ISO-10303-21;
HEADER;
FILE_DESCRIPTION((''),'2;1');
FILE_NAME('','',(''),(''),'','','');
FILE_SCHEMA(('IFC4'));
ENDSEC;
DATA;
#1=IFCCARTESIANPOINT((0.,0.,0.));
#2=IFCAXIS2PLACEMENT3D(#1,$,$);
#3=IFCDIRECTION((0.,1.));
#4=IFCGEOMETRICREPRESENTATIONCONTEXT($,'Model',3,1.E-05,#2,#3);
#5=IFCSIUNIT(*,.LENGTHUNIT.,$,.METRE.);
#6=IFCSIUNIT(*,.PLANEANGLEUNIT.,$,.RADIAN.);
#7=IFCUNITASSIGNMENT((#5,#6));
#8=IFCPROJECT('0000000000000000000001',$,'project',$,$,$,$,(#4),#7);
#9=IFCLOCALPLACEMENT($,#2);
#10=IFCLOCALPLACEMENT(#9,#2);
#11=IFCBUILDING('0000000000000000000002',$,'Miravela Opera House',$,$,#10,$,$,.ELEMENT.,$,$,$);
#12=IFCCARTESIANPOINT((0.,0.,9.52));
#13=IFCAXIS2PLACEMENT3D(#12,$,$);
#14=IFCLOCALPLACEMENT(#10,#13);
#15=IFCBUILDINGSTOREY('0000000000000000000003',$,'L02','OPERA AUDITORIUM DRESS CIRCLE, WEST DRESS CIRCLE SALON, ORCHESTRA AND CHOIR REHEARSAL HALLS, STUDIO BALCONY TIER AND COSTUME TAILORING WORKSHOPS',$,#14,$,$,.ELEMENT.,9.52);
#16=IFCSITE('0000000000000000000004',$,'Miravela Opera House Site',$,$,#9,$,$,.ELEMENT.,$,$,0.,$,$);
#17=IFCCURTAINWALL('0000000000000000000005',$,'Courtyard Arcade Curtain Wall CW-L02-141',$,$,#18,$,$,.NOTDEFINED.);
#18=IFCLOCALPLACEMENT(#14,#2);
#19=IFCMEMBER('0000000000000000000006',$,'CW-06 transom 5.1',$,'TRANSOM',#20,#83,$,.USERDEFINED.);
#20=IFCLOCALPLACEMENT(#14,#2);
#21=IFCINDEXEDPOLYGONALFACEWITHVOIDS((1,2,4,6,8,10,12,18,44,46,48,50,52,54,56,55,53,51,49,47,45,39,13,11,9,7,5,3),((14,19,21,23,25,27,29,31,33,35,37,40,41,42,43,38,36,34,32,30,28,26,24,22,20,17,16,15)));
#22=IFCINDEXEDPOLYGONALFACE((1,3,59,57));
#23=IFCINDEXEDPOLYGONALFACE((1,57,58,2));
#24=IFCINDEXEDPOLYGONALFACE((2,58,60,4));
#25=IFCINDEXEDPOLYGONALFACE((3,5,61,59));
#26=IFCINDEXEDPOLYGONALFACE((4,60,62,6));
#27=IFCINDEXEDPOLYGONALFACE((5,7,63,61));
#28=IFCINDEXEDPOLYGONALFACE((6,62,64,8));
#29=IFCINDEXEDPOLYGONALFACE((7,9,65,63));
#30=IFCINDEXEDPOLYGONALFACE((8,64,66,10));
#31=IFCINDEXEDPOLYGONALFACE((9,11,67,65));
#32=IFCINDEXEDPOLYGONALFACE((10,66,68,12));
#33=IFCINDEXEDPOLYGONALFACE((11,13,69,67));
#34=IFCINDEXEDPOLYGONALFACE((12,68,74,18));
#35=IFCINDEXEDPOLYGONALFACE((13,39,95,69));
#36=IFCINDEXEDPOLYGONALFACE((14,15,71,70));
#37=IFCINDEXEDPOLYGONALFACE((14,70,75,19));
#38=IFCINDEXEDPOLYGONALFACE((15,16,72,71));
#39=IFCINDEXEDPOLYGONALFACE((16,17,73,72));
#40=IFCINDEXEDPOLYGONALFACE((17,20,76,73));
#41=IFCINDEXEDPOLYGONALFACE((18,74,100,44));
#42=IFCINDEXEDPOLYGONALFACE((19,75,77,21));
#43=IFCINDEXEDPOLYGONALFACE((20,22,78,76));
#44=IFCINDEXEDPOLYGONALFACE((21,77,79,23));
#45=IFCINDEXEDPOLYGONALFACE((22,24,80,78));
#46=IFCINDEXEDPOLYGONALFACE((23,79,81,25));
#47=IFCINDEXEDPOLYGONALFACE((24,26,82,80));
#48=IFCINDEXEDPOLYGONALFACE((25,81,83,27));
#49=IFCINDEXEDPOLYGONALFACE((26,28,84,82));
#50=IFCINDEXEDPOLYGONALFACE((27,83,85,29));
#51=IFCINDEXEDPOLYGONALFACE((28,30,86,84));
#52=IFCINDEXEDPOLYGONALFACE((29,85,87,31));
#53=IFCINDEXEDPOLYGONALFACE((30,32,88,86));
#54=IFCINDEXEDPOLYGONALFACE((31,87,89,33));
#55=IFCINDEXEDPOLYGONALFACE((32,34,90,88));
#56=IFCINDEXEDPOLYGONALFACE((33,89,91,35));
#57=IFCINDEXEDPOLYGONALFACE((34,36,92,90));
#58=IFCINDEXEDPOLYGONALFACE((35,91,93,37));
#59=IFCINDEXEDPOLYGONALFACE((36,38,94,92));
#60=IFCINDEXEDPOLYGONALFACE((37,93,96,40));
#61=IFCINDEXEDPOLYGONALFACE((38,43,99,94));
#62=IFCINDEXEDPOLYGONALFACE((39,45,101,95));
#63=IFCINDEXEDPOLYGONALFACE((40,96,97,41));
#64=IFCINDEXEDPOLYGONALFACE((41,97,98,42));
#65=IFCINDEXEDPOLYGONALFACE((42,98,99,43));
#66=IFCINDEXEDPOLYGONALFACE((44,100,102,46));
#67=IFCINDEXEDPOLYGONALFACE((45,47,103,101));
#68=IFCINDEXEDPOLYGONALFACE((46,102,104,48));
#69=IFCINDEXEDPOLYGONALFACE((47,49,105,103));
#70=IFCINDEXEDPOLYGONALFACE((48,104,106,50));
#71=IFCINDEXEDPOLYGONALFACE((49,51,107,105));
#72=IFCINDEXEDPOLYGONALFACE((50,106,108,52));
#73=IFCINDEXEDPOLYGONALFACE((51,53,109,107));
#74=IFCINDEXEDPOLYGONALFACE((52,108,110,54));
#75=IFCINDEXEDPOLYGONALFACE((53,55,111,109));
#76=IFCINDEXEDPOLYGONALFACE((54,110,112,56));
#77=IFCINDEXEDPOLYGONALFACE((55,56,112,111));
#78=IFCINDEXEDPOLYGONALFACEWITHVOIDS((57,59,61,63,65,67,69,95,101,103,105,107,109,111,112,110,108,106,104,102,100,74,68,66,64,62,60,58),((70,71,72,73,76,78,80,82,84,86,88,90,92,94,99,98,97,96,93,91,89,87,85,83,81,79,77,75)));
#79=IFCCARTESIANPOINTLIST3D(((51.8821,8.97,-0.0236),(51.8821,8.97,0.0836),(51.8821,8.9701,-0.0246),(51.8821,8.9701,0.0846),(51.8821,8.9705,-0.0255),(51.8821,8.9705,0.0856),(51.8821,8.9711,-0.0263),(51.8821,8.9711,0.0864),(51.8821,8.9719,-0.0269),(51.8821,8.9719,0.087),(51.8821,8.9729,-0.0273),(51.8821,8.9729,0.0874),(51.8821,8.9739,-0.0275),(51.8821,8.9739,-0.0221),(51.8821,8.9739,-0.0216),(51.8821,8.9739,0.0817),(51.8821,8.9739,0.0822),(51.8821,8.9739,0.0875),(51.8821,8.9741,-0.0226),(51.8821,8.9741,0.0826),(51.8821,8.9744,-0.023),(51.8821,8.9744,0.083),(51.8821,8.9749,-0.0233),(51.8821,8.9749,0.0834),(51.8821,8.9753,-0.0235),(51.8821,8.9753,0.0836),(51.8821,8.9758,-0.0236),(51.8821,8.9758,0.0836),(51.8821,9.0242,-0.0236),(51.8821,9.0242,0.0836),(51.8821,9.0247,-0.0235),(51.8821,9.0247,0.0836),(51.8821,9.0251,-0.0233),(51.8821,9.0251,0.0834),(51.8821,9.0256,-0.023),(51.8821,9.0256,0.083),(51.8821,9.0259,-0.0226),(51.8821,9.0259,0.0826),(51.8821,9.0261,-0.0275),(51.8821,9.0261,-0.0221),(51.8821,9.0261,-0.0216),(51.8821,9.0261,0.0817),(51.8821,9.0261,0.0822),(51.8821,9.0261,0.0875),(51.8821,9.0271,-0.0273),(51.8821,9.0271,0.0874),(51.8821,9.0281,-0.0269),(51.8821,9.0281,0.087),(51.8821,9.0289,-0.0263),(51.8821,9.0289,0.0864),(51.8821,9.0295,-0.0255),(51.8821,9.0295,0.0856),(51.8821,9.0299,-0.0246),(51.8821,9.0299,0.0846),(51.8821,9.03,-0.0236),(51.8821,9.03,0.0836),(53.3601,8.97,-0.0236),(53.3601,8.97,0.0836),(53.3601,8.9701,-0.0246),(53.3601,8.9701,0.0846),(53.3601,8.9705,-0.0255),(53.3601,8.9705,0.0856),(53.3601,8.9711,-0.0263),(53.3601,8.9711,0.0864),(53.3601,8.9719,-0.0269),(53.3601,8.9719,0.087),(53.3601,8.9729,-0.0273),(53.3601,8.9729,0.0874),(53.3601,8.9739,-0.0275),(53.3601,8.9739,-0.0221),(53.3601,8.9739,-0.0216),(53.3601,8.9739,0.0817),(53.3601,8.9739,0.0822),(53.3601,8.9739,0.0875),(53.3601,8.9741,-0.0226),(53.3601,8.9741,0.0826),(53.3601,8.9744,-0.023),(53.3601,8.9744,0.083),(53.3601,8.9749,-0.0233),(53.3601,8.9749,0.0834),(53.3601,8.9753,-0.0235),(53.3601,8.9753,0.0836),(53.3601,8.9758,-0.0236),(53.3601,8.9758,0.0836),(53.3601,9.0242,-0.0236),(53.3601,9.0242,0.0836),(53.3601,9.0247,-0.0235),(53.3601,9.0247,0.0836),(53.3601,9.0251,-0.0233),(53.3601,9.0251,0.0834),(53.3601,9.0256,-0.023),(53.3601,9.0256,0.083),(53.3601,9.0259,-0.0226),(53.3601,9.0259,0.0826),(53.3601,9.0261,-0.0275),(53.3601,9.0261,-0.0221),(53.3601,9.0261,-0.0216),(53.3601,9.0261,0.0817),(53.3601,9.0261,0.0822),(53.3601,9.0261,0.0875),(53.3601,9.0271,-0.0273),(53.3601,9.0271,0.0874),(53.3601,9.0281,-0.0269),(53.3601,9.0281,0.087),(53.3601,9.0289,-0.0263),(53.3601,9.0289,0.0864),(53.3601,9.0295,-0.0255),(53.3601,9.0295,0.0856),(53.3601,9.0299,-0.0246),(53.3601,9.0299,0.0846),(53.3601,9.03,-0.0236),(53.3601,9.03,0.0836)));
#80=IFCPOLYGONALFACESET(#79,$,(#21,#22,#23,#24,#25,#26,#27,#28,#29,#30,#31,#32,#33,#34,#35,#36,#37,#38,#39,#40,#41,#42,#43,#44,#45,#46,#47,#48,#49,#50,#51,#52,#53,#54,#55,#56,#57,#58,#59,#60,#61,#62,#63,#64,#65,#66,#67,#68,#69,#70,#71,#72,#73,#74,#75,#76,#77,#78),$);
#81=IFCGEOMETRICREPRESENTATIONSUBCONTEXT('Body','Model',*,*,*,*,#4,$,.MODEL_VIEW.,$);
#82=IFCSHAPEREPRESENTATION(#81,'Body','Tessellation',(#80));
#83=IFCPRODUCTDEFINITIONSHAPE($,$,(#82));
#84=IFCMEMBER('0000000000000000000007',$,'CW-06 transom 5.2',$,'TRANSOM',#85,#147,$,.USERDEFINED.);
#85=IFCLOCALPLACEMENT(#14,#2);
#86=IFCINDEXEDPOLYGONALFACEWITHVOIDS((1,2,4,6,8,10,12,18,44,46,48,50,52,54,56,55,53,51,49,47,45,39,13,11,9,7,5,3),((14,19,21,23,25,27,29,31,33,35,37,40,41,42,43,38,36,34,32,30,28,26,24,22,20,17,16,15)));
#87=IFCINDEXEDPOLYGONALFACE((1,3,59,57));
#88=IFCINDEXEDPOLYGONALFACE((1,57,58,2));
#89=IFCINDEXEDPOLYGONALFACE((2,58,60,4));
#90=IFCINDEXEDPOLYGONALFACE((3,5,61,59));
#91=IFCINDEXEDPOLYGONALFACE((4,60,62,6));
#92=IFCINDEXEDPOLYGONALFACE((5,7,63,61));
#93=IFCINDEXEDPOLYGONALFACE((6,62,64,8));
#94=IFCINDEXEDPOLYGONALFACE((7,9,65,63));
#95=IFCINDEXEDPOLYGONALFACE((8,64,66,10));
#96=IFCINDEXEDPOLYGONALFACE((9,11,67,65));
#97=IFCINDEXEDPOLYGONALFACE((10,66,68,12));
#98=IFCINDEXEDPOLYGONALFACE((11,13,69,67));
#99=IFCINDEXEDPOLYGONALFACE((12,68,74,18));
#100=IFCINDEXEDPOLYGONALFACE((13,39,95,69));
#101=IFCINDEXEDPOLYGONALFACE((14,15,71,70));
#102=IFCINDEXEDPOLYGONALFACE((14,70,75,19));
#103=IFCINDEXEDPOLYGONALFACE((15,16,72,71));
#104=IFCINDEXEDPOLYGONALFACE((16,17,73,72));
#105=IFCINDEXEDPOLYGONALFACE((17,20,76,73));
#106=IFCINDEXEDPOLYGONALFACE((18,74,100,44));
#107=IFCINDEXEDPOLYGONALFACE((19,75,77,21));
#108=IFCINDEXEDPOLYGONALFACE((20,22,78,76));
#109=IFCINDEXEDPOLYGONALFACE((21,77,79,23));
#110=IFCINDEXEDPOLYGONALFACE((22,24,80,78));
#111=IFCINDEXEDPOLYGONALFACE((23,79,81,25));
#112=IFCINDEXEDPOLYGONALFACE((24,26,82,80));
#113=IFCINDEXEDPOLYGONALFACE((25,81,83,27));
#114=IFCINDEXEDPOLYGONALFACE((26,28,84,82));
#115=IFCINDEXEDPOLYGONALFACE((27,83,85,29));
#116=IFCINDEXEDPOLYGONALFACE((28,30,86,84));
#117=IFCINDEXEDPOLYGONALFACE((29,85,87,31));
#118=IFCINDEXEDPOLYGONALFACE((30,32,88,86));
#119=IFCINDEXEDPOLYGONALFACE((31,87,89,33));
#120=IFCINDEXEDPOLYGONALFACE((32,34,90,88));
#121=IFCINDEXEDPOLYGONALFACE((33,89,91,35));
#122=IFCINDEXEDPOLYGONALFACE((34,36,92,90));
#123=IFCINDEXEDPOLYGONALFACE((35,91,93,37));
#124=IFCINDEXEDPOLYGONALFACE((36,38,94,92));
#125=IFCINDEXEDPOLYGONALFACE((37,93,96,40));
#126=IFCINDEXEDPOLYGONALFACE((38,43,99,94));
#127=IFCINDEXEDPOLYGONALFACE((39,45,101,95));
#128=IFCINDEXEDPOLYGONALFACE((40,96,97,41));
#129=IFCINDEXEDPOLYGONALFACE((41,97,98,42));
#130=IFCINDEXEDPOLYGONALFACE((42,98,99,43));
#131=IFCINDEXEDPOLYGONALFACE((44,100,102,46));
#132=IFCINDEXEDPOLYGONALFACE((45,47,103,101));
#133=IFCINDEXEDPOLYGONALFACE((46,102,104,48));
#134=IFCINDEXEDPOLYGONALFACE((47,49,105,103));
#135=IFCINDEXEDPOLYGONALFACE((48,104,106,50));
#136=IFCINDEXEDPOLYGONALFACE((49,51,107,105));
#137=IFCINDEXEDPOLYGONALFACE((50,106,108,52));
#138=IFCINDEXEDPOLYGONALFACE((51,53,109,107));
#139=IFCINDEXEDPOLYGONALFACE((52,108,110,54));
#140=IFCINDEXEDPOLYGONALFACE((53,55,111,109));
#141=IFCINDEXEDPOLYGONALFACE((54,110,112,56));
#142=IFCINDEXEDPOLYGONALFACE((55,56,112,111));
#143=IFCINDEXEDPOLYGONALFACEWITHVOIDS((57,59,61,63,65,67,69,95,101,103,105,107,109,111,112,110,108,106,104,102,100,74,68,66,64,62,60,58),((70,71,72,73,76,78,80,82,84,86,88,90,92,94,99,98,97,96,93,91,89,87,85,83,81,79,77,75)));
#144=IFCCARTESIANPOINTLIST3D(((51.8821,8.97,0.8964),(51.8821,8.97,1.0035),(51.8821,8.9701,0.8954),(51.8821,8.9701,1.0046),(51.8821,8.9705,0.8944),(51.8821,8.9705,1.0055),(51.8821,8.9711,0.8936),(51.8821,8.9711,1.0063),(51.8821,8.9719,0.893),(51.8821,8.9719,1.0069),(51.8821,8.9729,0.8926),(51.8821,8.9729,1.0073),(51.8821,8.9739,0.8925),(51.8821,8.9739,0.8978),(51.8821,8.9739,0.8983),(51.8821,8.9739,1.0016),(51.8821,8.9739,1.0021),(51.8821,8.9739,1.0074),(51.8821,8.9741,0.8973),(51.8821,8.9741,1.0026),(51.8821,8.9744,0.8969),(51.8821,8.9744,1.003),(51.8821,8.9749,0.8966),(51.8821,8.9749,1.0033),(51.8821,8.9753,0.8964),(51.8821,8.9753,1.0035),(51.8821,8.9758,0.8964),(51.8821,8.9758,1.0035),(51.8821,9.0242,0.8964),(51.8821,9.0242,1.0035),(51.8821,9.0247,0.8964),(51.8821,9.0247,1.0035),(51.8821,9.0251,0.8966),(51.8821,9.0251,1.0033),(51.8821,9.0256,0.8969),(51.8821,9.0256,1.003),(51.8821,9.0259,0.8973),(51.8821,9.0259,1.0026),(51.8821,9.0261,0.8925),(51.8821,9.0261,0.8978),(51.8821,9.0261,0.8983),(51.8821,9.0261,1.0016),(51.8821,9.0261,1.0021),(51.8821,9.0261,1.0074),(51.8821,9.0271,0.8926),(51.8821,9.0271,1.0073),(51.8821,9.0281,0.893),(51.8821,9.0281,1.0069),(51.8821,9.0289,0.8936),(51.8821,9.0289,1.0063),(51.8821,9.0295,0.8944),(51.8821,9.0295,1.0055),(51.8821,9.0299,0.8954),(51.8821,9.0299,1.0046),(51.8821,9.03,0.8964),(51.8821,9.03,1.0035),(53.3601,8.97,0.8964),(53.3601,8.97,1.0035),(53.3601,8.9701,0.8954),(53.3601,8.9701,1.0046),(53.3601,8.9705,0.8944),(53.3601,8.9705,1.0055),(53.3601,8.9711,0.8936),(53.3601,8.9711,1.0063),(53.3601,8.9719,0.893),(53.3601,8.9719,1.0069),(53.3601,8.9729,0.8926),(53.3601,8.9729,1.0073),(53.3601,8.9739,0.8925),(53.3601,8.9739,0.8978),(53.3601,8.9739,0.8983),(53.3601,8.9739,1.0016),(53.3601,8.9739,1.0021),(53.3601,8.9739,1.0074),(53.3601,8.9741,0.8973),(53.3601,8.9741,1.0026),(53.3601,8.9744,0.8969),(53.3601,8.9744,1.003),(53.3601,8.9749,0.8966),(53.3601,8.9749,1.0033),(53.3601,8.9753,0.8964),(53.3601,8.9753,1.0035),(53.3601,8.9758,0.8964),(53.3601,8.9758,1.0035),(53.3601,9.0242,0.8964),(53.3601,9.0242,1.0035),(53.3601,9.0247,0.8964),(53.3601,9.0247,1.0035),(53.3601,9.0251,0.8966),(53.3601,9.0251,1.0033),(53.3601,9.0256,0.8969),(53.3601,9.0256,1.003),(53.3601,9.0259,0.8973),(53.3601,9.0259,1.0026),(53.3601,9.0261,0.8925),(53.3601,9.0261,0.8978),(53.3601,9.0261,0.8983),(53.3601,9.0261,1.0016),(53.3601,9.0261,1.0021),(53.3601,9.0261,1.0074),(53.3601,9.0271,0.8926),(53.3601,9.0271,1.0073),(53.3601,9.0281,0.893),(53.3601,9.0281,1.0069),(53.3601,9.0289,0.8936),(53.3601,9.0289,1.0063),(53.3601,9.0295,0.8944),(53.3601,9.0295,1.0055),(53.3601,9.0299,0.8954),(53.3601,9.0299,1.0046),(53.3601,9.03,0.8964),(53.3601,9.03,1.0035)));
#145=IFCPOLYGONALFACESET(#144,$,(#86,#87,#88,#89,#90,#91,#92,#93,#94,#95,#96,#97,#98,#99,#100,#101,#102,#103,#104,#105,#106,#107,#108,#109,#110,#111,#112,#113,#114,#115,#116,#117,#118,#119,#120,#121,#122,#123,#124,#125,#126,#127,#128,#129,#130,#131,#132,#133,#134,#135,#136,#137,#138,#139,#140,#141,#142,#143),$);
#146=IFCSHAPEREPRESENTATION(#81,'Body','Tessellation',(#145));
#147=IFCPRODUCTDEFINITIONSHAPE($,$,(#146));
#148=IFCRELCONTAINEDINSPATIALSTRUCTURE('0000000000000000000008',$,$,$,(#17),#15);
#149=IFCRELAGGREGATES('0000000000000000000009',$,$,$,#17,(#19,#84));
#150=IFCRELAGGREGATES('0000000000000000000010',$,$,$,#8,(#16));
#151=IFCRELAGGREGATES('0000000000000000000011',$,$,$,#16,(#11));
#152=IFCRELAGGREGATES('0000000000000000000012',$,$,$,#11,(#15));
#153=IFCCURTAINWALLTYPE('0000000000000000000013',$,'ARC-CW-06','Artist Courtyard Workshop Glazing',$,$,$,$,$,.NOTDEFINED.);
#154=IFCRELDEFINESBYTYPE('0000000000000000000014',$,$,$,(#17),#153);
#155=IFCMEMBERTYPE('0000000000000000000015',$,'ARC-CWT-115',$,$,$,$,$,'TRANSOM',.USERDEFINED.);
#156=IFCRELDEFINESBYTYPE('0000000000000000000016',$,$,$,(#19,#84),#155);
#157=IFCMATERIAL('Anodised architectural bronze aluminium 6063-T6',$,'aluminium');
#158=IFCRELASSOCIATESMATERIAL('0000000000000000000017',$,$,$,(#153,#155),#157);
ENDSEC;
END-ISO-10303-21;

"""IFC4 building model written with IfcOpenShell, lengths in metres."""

from ifc_helpers import new_model, si_unit, direction, frame, origin, origin_2d, place, context, subcontext, project, spatial, hollow_rectangle, extrude, material, material_profile, profile_set, type_object, element, aggregate, save


model = new_model("IFC4")

# Units and contexts
model_context = context("Model", 3, precision=1e-05, world=origin(), true_north=direction((0.0, 1.0)))
body_context = subcontext(model_context, "Body", "Model", "MODEL_VIEW")
ifc_project = project(units=[si_unit("LENGTHUNIT", "METRE"), si_unit("PLANEANGLEUNIT", "RADIAN")], contexts=[model_context])

# Site, building, storey
site_placement = place(None, origin())
site = spatial("IfcSite", under=ifc_project, at=site_placement, Name="Miravela Opera House Site", CompositionType="ELEMENT", RefElevation=0.0)
building_placement = place(site_placement, origin())
building = spatial("IfcBuilding", under=site, at=building_placement, Name="Miravela Opera House", CompositionType="ELEMENT")
storey_placement = place(building_placement, frame((0.0, 0.0, 9.52)))
storey = spatial("IfcBuildingStorey", under=building, at=storey_placement, Name="L02", Description="OPERA AUDITORIUM DRESS CIRCLE, WEST DRESS CIRCLE SALON, ORCHESTRA AND CHOIR REHEARSAL HALLS, STUDIO BALCONY TIER AND COSTUME TAILORING WORKSHOPS", CompositionType="ELEMENT", Elevation=9.52)

# Curtain wall
ifc_material_1 = material(Name="Anodised architectural bronze aluminium 6063-T6", Category="aluminium")
curtain_wall_type = type_object("IfcCurtainWallType", Name="ARC-CW-06", Description="Artist Courtyard Workshop Glazing", PredefinedType="NOTDEFINED", material=ifc_material_1)
curtain_wall_1_placement = place(storey_placement, origin())
curtain_wall_1 = element("IfcCurtainWall", 1, at=curtain_wall_1_placement, inside=storey, type_object=curtain_wall_type, Name="Courtyard Arcade Curtain Wall CW-L02-141", PredefinedType="NOTDEFINED")

# Members
ifc_material_profile_1 = material_profile(ifc_material_1, hollow_rectangle(XDim=0.0601, YDim=0.115, WallThickness=0.0039, InnerFilletRadius=0.002, OuterFilletRadius=0.0039, at=origin_2d()), Name="CWT-60X115")
ifc_profile_set_1 = profile_set([ifc_material_profile_1])
member_type_1 = type_object("IfcMemberType", Name="ARC-CWT-115", ElementType="TRANSOM", PredefinedType="USERDEFINED", material=ifc_profile_set_1)
member_1_placement = place(storey_placement, frame((51.8821, 9.0, 0.03), z_axis=(1.0, 0.0, 0.0), x_axis=(0.0, 1.0, 0.0)))
member_1 = element("IfcMember", 2, at=member_1_placement, type_object=member_type_1, Name="CW-06 transom 5.1", ObjectType="TRANSOM", PredefinedType="USERDEFINED", context=body_context, shape_type="SweptSolid", body=[
    extrude(hollow_rectangle(XDim=0.0601, YDim=0.115, WallThickness=0.0039, InnerFilletRadius=0.002, OuterFilletRadius=0.0039, at=origin_2d()), origin(), (0.0, 0.0, 1.0), 1.478),
])
member_2_placement = place(storey_placement, frame((51.8821, 9.0, 0.95), z_axis=(1.0, 0.0, 0.0), x_axis=(0.0, 1.0, 0.0)))
member_2 = element("IfcMember", 3, at=member_2_placement, type_object=member_type_1, Name="CW-06 transom 5.2", ObjectType="TRANSOM", PredefinedType="USERDEFINED", context=body_context, shape_type="SweptSolid", body=[
    extrude(hollow_rectangle(XDim=0.0601, YDim=0.115, WallThickness=0.0039, InnerFilletRadius=0.002, OuterFilletRadius=0.0039, at=origin_2d()), origin(), (0.0, 0.0, 1.0), 1.478),
])

aggregate(curtain_wall_1, [member_1, member_2])

save(model, "model.ifc")
